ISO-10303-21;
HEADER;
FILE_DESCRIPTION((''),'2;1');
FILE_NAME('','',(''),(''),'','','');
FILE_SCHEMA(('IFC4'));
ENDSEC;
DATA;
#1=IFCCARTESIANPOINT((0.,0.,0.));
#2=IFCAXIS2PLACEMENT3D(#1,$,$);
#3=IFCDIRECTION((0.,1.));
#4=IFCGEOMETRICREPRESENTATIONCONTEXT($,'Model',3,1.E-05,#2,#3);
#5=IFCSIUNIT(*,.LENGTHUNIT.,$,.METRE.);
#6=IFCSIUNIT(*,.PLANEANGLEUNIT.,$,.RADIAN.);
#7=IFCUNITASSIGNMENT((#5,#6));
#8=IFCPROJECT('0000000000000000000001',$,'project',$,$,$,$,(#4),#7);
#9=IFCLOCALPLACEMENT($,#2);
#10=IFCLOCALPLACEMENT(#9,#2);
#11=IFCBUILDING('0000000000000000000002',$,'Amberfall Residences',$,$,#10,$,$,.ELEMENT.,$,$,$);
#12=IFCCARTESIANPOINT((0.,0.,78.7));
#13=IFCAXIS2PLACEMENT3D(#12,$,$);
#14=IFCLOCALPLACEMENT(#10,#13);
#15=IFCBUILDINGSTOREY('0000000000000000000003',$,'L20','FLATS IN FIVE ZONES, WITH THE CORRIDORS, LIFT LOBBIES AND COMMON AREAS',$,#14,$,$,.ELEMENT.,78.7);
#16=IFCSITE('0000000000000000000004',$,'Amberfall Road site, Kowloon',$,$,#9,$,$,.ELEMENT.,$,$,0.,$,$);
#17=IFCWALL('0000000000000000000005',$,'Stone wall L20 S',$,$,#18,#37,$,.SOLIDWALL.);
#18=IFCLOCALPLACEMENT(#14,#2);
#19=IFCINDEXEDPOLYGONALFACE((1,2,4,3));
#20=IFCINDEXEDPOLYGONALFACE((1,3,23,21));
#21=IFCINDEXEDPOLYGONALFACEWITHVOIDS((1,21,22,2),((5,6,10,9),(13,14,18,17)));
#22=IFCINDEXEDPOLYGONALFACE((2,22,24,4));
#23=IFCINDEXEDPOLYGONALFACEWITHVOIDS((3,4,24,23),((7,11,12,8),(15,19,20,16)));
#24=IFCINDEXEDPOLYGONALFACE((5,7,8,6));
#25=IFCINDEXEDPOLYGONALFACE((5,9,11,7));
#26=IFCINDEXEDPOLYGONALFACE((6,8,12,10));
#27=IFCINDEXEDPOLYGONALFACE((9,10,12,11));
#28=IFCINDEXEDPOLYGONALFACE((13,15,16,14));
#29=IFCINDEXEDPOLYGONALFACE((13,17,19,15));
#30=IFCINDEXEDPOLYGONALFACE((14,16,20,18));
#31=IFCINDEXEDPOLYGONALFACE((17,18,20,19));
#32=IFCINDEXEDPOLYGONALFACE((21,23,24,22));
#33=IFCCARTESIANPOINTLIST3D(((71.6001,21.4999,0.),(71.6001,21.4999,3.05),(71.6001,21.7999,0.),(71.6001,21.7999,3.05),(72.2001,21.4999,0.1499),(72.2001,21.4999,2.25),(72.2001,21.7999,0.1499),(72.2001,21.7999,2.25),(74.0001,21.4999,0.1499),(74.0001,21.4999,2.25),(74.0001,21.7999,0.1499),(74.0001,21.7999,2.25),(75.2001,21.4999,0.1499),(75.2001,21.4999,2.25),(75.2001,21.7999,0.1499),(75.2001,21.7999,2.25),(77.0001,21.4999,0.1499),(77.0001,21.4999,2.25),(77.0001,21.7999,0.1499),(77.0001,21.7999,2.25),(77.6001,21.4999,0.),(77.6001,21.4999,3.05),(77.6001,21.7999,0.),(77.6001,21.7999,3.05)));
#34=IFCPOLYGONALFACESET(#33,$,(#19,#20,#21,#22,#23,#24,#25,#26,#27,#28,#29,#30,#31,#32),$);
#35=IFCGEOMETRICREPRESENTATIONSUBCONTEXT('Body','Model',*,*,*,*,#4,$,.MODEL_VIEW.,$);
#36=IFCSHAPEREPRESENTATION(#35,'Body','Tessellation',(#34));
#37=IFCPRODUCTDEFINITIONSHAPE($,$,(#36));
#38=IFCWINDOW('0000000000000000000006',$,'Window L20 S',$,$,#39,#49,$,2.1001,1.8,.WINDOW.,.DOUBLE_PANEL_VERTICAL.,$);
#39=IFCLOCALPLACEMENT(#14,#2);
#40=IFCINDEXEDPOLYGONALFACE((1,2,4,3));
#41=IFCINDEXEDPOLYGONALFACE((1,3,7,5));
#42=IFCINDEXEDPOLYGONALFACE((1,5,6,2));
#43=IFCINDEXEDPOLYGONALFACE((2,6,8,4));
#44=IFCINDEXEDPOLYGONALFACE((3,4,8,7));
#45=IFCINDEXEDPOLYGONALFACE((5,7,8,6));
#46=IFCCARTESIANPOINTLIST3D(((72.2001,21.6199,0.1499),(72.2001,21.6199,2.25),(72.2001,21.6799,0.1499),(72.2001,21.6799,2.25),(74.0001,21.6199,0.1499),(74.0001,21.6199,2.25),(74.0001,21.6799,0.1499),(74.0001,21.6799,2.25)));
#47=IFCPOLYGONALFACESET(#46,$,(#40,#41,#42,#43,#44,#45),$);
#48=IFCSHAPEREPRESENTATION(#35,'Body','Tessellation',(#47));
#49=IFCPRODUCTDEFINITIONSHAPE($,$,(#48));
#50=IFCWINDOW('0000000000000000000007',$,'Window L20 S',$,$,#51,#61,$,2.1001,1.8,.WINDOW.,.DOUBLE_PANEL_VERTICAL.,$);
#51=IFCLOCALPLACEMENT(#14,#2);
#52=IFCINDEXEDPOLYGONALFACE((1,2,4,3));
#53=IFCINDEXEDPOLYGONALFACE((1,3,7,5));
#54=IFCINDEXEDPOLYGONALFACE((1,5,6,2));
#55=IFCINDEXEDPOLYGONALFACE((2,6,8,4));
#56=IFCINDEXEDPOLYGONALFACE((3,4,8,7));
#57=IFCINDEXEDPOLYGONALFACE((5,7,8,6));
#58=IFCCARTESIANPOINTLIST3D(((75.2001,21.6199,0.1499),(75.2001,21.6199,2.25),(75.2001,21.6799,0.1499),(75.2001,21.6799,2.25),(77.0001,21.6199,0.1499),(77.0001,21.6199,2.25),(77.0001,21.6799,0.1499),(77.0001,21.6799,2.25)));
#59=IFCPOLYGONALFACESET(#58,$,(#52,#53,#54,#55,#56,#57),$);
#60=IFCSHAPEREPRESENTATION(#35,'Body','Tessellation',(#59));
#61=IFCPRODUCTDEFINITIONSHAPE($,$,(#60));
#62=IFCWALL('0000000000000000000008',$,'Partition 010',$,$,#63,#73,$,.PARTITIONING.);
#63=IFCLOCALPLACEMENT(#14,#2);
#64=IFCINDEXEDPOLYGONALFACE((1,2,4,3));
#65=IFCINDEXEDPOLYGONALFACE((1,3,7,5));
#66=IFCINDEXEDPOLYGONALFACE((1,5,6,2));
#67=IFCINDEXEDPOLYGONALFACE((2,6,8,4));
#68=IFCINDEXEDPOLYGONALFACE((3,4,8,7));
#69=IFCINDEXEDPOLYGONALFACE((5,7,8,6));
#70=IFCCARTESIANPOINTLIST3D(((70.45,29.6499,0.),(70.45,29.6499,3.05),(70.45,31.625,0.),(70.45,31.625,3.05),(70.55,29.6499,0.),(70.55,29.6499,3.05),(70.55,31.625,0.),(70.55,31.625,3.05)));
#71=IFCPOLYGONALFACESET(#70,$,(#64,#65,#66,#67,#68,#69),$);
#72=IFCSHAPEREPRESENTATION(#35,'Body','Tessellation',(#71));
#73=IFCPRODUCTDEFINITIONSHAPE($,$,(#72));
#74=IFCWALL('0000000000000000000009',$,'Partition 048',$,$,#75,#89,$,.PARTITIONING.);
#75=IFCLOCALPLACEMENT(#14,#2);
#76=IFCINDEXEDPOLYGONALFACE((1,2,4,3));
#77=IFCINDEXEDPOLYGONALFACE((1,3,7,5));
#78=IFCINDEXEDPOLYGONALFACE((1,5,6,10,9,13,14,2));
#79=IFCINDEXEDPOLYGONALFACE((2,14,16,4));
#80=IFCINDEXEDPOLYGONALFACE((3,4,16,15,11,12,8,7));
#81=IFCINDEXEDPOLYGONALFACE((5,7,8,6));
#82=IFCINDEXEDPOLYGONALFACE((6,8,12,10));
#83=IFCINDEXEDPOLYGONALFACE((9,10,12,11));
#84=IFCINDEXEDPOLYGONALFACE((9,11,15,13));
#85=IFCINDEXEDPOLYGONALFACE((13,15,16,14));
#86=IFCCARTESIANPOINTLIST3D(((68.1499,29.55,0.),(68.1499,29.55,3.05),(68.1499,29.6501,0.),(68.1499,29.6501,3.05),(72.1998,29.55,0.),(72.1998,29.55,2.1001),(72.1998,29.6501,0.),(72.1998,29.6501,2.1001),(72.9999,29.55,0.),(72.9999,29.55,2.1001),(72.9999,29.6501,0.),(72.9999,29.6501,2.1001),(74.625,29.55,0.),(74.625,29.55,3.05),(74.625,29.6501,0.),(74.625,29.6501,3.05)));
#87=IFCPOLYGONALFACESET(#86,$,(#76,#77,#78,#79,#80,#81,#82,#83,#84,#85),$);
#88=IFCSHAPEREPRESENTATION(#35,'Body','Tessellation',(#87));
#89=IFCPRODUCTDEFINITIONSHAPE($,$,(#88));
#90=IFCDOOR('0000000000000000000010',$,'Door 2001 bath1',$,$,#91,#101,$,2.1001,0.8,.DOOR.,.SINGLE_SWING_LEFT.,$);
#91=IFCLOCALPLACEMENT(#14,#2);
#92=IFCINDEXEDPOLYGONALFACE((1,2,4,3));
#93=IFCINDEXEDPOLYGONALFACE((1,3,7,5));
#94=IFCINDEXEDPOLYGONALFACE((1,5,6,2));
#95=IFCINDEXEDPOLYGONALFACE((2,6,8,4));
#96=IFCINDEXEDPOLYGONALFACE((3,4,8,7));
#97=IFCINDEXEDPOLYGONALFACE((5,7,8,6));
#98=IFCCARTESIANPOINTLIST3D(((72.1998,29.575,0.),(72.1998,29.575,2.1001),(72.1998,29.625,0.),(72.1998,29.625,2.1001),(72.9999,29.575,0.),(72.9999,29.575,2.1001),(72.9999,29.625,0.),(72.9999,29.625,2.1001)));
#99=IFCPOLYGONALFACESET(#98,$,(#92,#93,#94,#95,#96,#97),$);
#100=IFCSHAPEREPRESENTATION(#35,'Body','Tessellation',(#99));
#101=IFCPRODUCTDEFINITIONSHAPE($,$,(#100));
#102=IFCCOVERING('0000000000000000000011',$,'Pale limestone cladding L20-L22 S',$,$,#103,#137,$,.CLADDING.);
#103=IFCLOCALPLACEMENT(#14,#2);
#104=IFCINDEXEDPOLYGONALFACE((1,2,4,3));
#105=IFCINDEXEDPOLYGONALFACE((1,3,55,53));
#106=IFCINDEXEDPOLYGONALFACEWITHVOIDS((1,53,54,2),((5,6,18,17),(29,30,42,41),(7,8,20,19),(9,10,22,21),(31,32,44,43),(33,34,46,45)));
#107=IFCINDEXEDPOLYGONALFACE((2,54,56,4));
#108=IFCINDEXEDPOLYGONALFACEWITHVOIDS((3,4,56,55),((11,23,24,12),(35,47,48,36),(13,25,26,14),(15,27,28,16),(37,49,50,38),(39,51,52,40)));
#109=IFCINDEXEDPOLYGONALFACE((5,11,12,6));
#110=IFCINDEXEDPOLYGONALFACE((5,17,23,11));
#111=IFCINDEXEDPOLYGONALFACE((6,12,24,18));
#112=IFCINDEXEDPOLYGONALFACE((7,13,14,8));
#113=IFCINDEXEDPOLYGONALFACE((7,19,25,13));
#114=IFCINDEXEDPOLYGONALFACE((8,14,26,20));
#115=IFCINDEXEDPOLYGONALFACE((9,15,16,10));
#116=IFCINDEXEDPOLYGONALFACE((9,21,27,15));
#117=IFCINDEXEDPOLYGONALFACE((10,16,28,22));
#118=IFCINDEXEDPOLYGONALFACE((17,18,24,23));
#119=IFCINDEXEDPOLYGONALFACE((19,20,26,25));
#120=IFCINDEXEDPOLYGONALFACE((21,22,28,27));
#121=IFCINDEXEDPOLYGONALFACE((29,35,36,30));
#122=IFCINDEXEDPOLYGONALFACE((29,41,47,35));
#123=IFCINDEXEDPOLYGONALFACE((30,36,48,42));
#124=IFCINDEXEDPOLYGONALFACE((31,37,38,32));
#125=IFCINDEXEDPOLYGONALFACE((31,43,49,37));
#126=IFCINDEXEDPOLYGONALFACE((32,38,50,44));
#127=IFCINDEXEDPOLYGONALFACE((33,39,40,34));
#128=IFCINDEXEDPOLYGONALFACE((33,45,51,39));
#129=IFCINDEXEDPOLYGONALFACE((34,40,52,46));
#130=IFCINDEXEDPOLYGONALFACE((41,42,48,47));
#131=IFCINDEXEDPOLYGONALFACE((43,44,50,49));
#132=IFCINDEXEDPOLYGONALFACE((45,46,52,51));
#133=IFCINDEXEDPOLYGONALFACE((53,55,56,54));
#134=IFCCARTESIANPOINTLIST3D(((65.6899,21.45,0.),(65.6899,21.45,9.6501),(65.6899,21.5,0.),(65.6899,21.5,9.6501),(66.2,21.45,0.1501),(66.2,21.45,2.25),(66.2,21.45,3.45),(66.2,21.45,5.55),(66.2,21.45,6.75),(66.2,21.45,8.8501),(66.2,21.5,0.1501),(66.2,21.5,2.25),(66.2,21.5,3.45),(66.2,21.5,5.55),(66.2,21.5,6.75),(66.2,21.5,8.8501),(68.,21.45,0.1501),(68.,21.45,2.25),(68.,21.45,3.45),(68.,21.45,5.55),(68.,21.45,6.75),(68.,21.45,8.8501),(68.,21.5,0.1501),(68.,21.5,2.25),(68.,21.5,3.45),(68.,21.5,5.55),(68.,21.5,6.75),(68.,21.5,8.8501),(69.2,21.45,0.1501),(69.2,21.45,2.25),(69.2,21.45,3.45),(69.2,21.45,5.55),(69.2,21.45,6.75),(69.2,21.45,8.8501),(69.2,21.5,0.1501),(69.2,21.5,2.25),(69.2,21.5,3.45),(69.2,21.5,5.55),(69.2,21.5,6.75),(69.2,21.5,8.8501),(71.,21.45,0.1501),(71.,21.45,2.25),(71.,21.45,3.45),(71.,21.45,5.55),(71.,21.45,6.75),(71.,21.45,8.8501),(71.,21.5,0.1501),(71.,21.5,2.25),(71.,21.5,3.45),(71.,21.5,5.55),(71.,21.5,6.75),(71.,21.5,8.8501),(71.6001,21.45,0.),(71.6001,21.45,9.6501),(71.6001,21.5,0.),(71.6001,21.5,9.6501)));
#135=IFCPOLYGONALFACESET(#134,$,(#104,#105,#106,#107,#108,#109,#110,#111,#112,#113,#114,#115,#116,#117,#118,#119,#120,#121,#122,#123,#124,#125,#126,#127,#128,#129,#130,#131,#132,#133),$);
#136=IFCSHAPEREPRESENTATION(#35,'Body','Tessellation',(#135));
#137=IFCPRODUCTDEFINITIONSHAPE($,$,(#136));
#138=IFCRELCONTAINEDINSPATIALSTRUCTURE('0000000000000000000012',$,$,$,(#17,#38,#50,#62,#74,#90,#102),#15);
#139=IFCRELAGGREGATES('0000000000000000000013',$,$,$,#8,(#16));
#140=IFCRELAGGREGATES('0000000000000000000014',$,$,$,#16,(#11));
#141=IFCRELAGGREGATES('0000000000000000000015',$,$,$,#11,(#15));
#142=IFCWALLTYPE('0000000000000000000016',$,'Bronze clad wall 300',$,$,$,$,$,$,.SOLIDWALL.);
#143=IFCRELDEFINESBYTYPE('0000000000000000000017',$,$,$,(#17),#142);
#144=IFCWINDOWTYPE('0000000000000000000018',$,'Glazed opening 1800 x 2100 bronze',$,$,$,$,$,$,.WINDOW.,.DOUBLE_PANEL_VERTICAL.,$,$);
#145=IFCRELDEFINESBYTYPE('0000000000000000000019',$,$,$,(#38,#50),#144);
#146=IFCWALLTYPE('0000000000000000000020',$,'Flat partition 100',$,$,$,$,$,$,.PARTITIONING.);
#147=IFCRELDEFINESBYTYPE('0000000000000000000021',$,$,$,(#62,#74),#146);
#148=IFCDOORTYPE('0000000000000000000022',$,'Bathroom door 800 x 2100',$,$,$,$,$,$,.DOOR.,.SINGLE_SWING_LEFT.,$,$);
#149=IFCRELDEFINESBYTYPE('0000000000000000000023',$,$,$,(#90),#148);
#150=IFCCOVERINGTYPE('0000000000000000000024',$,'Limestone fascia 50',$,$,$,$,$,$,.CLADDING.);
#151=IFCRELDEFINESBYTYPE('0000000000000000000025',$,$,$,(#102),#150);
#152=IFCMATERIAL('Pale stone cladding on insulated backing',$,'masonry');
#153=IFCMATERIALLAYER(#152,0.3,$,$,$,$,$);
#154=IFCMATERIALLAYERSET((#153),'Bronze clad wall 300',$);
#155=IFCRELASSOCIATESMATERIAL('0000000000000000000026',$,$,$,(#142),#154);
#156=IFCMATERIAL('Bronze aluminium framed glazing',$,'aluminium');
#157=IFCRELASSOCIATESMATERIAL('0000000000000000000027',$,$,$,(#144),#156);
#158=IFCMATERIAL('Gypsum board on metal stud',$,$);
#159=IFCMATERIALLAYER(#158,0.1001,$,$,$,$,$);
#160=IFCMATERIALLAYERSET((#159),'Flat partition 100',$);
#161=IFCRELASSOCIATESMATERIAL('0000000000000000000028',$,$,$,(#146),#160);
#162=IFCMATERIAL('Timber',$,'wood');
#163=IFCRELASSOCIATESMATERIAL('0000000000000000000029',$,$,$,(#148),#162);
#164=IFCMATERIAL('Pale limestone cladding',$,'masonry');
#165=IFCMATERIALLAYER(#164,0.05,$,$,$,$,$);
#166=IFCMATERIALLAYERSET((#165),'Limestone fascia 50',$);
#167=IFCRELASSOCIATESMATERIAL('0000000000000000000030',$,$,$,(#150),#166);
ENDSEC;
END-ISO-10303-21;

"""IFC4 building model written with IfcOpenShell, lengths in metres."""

from ifc_helpers import new_model, si_unit, direction, frame, frame_2d, origin, place, context, subcontext, project, spatial, polyline, rectangle, outline, extrude, material, layer, layer_set, type_object, element, fill, save


model = new_model("IFC4")

# Units and contexts
model_context = context("Model", 3, precision=1e-05, world=origin(), true_north=direction((0.0, 1.0)))
body_context = subcontext(model_context, "Body", "Model", "MODEL_VIEW")
ifc_project = project(units=[si_unit("LENGTHUNIT", "METRE"), si_unit("PLANEANGLEUNIT", "RADIAN")], contexts=[model_context])

# Site, building, storey
site_placement = place(None, origin())
site = spatial("IfcSite", under=ifc_project, at=site_placement, Name="Amberfall Road site, Kowloon", CompositionType="ELEMENT", RefElevation=0.0)
building_placement = place(site_placement, origin())
building = spatial("IfcBuilding", under=site, at=building_placement, Name="Amberfall Residences", CompositionType="ELEMENT")
storey_placement = place(building_placement, frame((0.0, 0.0, 78.7)))
storey = spatial("IfcBuildingStorey", under=building, at=storey_placement, Name="L20", Description="FLATS IN FIVE ZONES, WITH THE CORRIDORS, LIFT LOBBIES AND COMMON AREAS", CompositionType="ELEMENT", Elevation=78.7)

# Shared definitions
ifc_material_1 = material(Name="Pale stone cladding on insulated backing", Category="masonry")
ifc_layer_1 = layer(ifc_material_1, 0.3)
ifc_layer_set_1 = layer_set([ifc_layer_1], Name="Bronze clad wall 300")
wall_type_1 = type_object("IfcWallType", Name="Bronze clad wall 300", PredefinedType="SOLIDWALL", material=ifc_layer_set_1)

# Wall, openings, windows
ifc_material_2 = material(Name="Bronze aluminium framed glazing", Category="aluminium")
window_type = type_object("IfcWindowType", Name="Glazed opening 1800 x 2100 bronze", PartitioningType="DOUBLE_PANEL_VERTICAL", PredefinedType="WINDOW", material=ifc_material_2)
wall_1_placement = place(storey_placement, frame((71.6001, 21.6499, 0.0), z_axis=(0.0, 0.0, 1.0), x_axis=(1.0, 0.0, 0.0)))
wall_1 = element("IfcWall", 1, at=wall_1_placement, inside=storey, type_object=wall_type_1, Name="Stone wall L20 S", PredefinedType="SOLIDWALL", context=body_context, shape_type="SweptSolid", body=[
    extrude(rectangle(XDim=6.0, YDim=0.3, at=frame_2d((3.0, 0.0))), origin(), (0.0, 0.0, 1.0), 3.05),
])
opening_1_placement = place(wall_1_placement, frame((0.6001, 0.0, 0.1499)))
opening_1 = element("IfcOpeningElement", 2, at=opening_1_placement, cuts=wall_1, PredefinedType="OPENING", context=body_context, shape_type="SweptSolid", body=[
    extrude(rectangle(XDim=1.8, YDim=2.1001, at=frame_2d((0.8999, 1.05))), frame((0.0, 0.1599, 0.0), z_axis=(0.0, -1.0, 0.0), x_axis=(1.0, 0.0, 0.0)), (0.0, 0.0, 1.0), 0.3201),
])
opening_2_placement = place(wall_1_placement, frame((3.6001, 0.0, 0.1499)))
opening_2 = element("IfcOpeningElement", 3, at=opening_2_placement, cuts=wall_1, PredefinedType="OPENING", context=body_context, shape_type="SweptSolid", body=[
    extrude(rectangle(XDim=1.8, YDim=2.1001, at=frame_2d((0.8999, 1.05))), frame((0.0, 0.1599, 0.0), z_axis=(0.0, -1.0, 0.0), x_axis=(1.0, 0.0, 0.0)), (0.0, 0.0, 1.0), 0.3201),
])
window_1_placement = place(opening_1_placement, origin())
window_1 = element("IfcWindow", 4, at=window_1_placement, inside=storey, type_object=window_type, Name="Window L20 S", OverallHeight=2.1001, OverallWidth=1.8, PartitioningType="DOUBLE_PANEL_VERTICAL", PredefinedType="WINDOW", context=body_context, shape_type="SweptSolid", body=[
    extrude(rectangle(XDim=1.8, YDim=2.1001, at=frame_2d((0.8999, 1.05))), frame((0.0, 0.03, 0.0), z_axis=(0.0, -1.0, 0.0), x_axis=(1.0, 0.0, 0.0)), (0.0, 0.0, 1.0), 0.0601),
])
fill(opening_1, window_1)
window_2_placement = place(opening_2_placement, origin())
window_2 = element("IfcWindow", 5, at=window_2_placement, inside=storey, type_object=window_type, Name="Window L20 S", OverallHeight=2.1001, OverallWidth=1.8, PartitioningType="DOUBLE_PANEL_VERTICAL", PredefinedType="WINDOW", context=body_context, shape_type="SweptSolid", body=[
    extrude(rectangle(XDim=1.8, YDim=2.1001, at=frame_2d((0.8999, 1.05))), frame((0.0, 0.03, 0.0), z_axis=(0.0, -1.0, 0.0), x_axis=(1.0, 0.0, 0.0)), (0.0, 0.0, 1.0), 0.0601),
])
fill(opening_2, window_2)

# Wall
ifc_material_3 = material(Name="Gypsum board on metal stud")
ifc_layer_2 = layer(ifc_material_3, 0.1001)
ifc_layer_set_2 = layer_set([ifc_layer_2], Name="Flat partition 100")
wall_type_2 = type_object("IfcWallType", Name="Flat partition 100", PredefinedType="PARTITIONING", material=ifc_layer_set_2)
wall_2_placement = place(storey_placement, frame((70.5, 29.6499, 0.0), z_axis=(0.0, 0.0, 1.0), x_axis=(0.0, 1.0, 0.0)))
element("IfcWall", 6, at=wall_2_placement, inside=storey, type_object=wall_type_2, Name="Partition 010", PredefinedType="PARTITIONING", context=body_context, shape_type="SweptSolid", body=[
    extrude(rectangle(XDim=1.9751, YDim=0.1001, at=frame_2d((0.9875, 0.0))), origin(), (0.0, 0.0, 1.0), 3.05),
])

# Wall, opening, door
wall_3_placement = place(storey_placement, frame((68.1499, 29.6001, 0.0), z_axis=(0.0, 0.0, 1.0), x_axis=(1.0, 0.0, 0.0)))
wall_3 = element("IfcWall", 7, at=wall_3_placement, inside=storey, type_object=wall_type_2, Name="Partition 048", PredefinedType="PARTITIONING", context=body_context, shape_type="SweptSolid", body=[
    extrude(rectangle(XDim=6.4751, YDim=0.1001, at=frame_2d((3.2375, 0.0))), origin(), (0.0, 0.0, 1.0), 3.05),
])
opening_3_placement = place(wall_3_placement, frame((4.05, 0.0, 0.0)))
opening_3 = element("IfcOpeningElement", 8, at=opening_3_placement, cuts=wall_3, PredefinedType="OPENING", context=body_context, shape_type="SweptSolid", body=[
    extrude(rectangle(XDim=0.8, YDim=2.1001, at=frame_2d((0.3999, 1.05))), frame((0.0, 0.0601, 0.0), z_axis=(0.0, -1.0, 0.0), x_axis=(1.0, 0.0, 0.0)), (0.0, 0.0, 1.0), 0.1201),
])
ifc_material_4 = material(Name="Timber", Category="wood")
door_type = type_object("IfcDoorType", Name="Bathroom door 800 x 2100", OperationType="SINGLE_SWING_LEFT", PredefinedType="DOOR", material=ifc_material_4)
door_placement = place(opening_3_placement, origin())
door = element("IfcDoor", 9, at=door_placement, inside=storey, type_object=door_type, Name="Door 2001 bath1", OperationType="SINGLE_SWING_LEFT", OverallHeight=2.1001, OverallWidth=0.8, PredefinedType="DOOR", context=body_context, shape_type="SweptSolid", body=[
    extrude(rectangle(XDim=0.8, YDim=2.1001, at=frame_2d((0.3999, 1.05))), frame((0.0, 0.0249, 0.0), z_axis=(0.0, -1.0, 0.0), x_axis=(1.0, 0.0, 0.0)), (0.0, 0.0, 1.0), 0.05),
])
fill(opening_3, door)

# Covering
ifc_material_5 = material(Name="Pale limestone cladding", Category="masonry")
ifc_layer_3 = layer(ifc_material_5, 0.05)
ifc_layer_set_3 = layer_set([ifc_layer_3], Name="Limestone fascia 50")
covering_type = type_object("IfcCoveringType", Name="Limestone fascia 50", PredefinedType="CLADDING", material=ifc_layer_set_3)
covering_1_placement = place(storey_placement, frame((65.6899, 21.5, 9.6501), z_axis=(0.0, 1.0, 0.0), x_axis=(1.0, 0.0, 0.0)))
element("IfcCovering", 10, at=covering_1_placement, inside=storey, type_object=covering_type, Name="Pale limestone cladding L20-L22 S", PredefinedType="CLADDING", context=body_context, shape_type="SweptSolid", body=[
    extrude(outline(polyline([(0.0, 0.0), (5.9102, 0.0), (5.9102, 9.6501), (0.0, 9.6501), (0.0, 0.0)]), holes=[polyline([(0.51, 7.4001), (2.3101, 7.4001), (2.3101, 9.5), (0.51, 9.5), (0.51, 7.4001)]), polyline([(3.51, 7.4001), (5.3101, 7.4001), (5.3101, 9.5), (3.51, 9.5), (3.51, 7.4001)]), polyline([(0.51, 4.1001), (2.3101, 4.1001), (2.3101, 6.2002), (0.51, 6.2002), (0.51, 4.1001)]), polyline([(3.51, 4.1001), (5.3101, 4.1001), (5.3101, 6.2002), (3.51, 6.2002), (3.51, 4.1001)]), polyline([(0.51, 0.8), (2.3101, 0.8), (2.3101, 2.9001), (0.51, 2.9001), (0.51, 0.8)]), polyline([(3.51, 0.8), (5.3101, 0.8), (5.3101, 2.9001), (3.51, 2.9001), (3.51, 0.8)])]), origin(), (0.0, 0.0, -1.0), 0.05),
])

save(model, "model.ifc")
